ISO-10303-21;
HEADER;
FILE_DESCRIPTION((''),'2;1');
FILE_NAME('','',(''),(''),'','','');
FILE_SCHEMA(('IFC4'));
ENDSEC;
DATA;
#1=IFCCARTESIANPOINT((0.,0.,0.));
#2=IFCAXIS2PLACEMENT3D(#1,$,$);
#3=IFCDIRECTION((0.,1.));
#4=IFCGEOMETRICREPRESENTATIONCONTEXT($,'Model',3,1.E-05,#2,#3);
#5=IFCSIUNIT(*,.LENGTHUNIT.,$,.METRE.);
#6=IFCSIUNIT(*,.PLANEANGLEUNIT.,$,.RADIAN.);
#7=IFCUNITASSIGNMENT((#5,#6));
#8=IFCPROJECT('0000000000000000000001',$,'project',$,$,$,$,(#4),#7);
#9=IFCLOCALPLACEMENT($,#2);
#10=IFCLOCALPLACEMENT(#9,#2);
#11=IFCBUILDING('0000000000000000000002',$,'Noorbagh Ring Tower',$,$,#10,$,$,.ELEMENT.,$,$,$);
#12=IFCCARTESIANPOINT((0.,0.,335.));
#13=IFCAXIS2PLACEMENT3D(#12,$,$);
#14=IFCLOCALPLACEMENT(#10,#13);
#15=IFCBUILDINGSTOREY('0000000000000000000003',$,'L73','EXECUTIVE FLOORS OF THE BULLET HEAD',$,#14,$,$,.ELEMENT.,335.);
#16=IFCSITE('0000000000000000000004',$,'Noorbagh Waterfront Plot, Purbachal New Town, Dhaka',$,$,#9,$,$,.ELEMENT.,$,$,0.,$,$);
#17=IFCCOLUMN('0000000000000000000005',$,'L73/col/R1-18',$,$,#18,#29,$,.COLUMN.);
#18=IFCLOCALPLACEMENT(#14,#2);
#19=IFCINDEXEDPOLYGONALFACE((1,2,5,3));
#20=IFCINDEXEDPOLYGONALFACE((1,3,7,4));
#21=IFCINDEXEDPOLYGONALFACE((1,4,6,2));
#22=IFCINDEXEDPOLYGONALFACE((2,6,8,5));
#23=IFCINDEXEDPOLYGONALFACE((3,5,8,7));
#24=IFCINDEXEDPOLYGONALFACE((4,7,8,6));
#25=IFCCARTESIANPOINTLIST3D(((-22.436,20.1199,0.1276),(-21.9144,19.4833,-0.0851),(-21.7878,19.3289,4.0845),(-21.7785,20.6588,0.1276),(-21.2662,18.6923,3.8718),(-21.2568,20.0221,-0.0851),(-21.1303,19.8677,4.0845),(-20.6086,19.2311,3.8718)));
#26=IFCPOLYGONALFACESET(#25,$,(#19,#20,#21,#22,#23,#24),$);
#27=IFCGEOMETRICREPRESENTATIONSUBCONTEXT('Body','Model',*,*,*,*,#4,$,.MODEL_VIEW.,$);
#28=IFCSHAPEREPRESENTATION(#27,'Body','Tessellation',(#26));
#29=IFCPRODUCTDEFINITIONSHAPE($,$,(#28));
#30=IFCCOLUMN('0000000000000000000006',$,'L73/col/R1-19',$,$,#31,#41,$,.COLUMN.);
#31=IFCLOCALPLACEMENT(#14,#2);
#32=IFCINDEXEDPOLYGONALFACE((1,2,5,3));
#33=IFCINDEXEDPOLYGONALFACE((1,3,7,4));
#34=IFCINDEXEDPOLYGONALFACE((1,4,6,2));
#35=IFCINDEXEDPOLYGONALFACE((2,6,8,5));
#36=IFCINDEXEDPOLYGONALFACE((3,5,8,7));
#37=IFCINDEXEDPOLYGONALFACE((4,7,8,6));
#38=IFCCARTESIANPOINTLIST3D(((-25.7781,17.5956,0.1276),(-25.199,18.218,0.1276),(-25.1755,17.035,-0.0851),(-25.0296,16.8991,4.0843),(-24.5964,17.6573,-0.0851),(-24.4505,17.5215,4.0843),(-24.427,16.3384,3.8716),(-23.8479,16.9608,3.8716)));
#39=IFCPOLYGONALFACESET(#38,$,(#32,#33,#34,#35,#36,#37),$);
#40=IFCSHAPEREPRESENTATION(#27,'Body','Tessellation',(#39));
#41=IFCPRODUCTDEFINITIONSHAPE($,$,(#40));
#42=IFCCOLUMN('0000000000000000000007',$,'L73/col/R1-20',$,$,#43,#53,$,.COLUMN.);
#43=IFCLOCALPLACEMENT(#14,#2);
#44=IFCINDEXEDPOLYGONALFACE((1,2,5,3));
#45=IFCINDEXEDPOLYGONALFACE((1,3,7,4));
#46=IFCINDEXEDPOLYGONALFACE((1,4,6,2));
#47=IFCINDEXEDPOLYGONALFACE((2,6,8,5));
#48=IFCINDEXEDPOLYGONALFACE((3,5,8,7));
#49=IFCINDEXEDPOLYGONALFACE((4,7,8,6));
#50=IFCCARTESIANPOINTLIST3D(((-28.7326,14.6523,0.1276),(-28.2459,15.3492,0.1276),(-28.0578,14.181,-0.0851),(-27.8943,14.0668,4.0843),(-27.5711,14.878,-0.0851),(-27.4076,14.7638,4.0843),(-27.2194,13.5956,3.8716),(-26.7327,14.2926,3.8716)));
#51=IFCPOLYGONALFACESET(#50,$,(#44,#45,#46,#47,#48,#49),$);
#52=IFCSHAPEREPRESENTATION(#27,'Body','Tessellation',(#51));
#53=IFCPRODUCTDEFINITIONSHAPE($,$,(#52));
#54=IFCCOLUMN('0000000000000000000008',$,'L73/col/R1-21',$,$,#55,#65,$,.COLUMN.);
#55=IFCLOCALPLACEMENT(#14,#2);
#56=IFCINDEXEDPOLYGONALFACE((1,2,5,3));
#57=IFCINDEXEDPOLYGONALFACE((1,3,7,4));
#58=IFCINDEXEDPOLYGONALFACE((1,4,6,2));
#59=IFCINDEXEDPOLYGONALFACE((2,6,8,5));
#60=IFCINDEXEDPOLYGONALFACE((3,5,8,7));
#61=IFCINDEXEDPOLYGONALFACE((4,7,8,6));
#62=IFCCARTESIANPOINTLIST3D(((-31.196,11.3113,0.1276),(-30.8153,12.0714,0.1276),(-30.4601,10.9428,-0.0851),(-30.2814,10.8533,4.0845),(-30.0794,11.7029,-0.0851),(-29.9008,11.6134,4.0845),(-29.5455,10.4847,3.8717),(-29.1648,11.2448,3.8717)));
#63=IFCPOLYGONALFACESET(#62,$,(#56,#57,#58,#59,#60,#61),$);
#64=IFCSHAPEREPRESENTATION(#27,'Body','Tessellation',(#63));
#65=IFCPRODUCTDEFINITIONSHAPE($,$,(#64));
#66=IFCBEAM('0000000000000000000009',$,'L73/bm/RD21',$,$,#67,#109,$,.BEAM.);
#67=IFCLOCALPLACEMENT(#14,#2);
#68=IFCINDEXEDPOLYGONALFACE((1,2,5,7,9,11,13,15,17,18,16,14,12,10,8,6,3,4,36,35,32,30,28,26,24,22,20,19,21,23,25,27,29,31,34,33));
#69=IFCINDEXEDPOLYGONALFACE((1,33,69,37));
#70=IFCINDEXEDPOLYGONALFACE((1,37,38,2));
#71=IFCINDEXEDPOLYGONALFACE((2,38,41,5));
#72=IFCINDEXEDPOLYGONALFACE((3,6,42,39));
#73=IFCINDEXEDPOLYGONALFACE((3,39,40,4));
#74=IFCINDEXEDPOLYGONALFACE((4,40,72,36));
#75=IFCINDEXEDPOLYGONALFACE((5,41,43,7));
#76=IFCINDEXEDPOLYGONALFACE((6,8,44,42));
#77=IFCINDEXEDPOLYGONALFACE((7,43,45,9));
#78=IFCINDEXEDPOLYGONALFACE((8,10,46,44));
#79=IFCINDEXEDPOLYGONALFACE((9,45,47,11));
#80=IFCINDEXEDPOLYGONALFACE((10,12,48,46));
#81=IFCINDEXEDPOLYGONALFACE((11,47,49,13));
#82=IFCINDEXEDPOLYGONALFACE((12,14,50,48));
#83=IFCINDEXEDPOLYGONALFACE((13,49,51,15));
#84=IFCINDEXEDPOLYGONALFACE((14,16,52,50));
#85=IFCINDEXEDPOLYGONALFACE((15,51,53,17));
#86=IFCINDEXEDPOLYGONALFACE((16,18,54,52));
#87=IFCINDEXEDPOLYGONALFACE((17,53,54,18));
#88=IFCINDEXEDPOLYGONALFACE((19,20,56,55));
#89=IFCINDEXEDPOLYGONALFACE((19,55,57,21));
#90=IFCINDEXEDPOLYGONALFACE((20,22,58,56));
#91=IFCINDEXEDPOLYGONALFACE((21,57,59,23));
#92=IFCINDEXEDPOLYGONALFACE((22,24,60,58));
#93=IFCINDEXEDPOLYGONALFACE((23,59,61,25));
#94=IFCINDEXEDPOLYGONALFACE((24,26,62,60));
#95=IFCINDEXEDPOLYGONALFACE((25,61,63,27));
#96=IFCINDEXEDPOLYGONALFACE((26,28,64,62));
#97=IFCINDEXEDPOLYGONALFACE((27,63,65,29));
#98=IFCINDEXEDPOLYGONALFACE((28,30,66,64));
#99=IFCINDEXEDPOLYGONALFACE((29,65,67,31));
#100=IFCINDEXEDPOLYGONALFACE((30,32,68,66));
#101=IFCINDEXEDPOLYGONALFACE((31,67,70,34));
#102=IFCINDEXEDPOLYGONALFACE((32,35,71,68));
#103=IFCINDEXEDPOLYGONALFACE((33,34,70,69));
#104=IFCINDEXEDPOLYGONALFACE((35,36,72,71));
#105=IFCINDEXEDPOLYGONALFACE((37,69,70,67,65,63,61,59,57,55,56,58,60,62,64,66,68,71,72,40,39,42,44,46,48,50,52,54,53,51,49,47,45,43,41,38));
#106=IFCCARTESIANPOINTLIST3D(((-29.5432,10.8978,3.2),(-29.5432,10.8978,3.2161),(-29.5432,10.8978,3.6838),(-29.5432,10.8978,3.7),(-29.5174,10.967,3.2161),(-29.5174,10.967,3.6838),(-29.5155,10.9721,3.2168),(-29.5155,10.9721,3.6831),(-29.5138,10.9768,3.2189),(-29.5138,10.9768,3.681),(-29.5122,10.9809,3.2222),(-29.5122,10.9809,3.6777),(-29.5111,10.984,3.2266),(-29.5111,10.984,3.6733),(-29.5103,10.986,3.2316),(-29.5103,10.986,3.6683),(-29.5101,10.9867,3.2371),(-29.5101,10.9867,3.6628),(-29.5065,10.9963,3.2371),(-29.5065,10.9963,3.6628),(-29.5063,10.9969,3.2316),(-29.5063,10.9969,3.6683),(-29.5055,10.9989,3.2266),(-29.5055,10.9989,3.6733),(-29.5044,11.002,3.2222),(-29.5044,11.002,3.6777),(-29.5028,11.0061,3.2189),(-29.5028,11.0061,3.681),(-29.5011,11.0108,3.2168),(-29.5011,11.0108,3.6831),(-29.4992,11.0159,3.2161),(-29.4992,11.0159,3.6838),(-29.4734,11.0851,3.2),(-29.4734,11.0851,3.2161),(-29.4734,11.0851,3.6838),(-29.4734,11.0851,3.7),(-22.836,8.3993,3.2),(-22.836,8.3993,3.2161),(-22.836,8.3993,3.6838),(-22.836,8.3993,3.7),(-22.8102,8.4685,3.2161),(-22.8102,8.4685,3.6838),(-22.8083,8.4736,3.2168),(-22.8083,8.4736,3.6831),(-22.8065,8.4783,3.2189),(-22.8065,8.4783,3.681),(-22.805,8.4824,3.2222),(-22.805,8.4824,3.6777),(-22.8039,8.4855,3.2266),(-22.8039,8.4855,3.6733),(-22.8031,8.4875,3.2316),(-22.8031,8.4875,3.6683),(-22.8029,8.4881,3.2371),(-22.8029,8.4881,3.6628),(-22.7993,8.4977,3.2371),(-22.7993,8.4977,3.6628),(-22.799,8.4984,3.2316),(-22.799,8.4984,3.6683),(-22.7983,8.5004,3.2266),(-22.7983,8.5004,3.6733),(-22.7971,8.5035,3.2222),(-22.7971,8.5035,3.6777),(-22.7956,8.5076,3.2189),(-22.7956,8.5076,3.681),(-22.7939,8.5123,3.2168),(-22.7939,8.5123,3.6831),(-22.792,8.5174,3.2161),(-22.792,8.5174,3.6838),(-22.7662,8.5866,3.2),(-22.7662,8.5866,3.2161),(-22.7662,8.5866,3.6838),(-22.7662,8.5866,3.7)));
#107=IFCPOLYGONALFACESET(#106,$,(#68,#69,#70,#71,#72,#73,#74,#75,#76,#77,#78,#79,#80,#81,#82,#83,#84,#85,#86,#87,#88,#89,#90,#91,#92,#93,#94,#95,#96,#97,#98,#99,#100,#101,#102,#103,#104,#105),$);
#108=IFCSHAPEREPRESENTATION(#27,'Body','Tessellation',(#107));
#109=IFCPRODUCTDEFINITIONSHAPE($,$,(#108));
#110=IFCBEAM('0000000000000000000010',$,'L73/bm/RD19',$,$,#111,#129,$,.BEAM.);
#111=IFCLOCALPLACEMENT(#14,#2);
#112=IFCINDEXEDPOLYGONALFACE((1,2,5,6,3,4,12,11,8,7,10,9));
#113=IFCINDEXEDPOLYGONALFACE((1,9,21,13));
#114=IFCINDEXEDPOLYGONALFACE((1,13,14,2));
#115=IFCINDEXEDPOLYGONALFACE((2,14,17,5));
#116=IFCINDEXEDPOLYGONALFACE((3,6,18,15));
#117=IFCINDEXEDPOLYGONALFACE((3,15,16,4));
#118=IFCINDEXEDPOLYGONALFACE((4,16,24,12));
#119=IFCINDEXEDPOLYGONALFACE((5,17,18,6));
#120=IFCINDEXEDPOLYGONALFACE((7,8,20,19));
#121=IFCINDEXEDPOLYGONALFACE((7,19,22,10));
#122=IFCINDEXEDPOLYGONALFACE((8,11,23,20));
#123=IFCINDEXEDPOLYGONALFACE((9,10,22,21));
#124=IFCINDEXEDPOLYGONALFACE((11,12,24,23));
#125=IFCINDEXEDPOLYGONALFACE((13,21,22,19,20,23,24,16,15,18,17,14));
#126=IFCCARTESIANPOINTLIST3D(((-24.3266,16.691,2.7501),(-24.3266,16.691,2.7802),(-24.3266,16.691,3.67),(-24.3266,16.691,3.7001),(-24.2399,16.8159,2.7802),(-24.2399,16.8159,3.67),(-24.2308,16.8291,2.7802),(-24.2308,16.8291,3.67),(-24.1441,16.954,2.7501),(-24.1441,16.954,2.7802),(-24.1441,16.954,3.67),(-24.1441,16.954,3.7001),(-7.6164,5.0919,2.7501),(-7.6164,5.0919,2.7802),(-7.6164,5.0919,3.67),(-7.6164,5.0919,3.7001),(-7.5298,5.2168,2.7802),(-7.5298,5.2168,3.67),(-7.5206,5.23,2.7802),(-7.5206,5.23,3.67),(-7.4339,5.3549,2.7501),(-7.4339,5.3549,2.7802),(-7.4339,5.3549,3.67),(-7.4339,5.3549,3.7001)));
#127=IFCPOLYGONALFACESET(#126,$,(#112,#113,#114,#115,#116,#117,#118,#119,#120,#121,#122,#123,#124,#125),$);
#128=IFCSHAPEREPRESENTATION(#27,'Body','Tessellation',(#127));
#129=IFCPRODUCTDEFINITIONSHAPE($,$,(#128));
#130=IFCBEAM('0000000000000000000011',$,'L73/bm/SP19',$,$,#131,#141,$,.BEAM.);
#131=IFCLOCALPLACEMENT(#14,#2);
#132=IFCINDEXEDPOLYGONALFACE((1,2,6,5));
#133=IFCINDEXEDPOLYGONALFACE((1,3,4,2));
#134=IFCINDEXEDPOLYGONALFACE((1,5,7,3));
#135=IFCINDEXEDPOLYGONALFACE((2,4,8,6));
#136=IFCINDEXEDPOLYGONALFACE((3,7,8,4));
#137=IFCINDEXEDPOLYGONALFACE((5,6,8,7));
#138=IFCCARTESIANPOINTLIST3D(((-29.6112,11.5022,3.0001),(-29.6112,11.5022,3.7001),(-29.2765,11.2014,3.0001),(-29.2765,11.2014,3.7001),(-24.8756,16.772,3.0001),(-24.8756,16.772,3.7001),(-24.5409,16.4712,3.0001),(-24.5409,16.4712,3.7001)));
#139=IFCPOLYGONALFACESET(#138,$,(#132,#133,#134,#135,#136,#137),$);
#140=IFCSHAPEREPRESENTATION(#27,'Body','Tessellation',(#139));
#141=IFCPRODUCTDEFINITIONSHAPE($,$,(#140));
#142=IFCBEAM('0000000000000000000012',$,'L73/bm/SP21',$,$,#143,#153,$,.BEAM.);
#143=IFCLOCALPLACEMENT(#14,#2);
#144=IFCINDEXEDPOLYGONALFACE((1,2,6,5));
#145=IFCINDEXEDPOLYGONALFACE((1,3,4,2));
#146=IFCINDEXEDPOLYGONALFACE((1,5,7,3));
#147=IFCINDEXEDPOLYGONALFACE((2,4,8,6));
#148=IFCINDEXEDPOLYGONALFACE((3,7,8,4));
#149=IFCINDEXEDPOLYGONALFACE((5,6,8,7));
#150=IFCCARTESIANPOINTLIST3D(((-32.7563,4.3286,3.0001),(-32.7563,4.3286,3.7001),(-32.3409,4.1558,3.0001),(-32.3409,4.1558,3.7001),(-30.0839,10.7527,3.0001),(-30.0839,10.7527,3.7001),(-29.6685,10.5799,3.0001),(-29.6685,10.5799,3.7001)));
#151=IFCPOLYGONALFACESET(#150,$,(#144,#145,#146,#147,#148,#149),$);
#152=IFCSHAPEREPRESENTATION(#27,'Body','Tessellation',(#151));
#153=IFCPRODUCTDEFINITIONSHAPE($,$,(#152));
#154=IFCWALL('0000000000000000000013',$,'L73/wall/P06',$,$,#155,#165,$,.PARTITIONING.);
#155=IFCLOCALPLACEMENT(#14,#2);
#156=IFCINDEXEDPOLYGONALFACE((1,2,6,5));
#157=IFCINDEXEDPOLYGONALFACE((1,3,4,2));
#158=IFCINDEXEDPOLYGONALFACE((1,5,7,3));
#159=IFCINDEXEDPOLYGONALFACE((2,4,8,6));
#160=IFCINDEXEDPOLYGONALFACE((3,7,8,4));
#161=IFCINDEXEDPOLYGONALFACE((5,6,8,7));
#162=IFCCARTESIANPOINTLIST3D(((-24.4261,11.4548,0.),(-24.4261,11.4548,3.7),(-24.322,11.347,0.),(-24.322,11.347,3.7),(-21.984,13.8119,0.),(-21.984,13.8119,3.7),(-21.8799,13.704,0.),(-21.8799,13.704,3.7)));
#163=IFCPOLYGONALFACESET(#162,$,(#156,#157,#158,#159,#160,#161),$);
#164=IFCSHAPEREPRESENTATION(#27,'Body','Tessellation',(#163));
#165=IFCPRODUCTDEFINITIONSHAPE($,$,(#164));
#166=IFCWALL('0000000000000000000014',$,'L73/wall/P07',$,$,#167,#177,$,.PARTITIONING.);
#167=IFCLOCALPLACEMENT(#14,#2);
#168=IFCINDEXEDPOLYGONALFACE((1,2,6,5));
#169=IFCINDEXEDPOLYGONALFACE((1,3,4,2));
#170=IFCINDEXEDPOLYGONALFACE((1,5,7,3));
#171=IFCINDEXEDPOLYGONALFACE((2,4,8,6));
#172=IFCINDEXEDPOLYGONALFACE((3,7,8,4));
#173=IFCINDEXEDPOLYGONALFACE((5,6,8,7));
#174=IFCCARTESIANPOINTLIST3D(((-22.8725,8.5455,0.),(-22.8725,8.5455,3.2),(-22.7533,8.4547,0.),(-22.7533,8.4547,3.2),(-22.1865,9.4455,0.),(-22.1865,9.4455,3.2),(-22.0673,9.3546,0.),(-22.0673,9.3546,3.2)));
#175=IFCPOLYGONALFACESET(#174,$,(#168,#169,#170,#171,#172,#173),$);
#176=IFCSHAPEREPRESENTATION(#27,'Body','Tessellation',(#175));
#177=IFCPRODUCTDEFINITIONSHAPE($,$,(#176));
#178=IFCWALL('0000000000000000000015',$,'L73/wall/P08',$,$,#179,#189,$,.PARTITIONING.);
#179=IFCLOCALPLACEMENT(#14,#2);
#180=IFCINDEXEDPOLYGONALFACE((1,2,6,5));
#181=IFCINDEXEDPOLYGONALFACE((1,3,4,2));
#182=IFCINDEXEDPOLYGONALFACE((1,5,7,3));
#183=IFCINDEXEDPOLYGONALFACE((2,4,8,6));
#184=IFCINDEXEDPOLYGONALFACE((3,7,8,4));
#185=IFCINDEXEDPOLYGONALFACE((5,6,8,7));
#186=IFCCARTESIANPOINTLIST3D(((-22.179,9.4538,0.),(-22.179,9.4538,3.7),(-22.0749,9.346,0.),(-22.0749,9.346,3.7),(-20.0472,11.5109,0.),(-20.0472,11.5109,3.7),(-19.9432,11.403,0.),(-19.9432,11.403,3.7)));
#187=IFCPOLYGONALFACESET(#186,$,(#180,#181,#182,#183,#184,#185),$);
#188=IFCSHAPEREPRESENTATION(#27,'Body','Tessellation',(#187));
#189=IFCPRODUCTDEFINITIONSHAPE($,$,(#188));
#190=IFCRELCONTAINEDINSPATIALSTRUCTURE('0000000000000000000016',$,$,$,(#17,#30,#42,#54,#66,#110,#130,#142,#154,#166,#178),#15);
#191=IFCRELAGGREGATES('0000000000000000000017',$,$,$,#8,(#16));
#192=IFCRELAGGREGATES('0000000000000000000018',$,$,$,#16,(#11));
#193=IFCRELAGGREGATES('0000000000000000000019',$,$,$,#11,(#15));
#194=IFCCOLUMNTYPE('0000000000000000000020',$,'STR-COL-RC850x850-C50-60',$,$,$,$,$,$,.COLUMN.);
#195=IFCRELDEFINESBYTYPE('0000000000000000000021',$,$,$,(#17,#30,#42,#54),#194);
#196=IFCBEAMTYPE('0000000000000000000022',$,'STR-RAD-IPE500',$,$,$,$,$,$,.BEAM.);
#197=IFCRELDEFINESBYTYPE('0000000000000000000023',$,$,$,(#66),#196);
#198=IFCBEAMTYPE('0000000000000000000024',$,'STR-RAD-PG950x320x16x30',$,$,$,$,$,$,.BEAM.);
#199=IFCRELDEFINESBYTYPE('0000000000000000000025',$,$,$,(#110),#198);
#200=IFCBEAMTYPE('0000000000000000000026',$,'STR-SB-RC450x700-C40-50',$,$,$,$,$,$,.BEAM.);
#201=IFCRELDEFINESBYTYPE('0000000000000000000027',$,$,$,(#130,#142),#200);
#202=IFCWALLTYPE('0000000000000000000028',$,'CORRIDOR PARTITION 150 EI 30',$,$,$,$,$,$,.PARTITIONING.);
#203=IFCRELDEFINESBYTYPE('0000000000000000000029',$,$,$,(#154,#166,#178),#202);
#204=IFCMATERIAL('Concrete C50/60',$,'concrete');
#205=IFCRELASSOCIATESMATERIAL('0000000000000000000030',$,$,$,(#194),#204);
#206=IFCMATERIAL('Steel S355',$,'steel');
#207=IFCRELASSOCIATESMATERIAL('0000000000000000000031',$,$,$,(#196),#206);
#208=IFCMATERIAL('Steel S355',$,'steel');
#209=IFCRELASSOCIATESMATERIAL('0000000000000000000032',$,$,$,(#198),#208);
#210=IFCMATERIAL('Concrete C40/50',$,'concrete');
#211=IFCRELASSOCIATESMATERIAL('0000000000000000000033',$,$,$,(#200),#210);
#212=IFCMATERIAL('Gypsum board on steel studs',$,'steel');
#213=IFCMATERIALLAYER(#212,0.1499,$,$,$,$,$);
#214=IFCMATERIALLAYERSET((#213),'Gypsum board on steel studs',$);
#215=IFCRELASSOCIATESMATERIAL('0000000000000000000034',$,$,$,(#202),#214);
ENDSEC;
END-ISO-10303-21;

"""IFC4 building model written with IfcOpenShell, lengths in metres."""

from ifc_helpers import new_model, si_unit, direction, frame, frame_2d, origin, origin_2d, place, context, subcontext, project, spatial, rectangle, i_section, extrude, material, layer, layer_set, material_profile, profile_set, type_object, element, save


model = new_model("IFC4")

# Units and contexts
model_context = context("Model", 3, precision=1e-05, world=origin(), true_north=direction((0.0, 1.0)))
body_context = subcontext(model_context, "Body", "Model", "MODEL_VIEW")
ifc_project = project(units=[si_unit("LENGTHUNIT", "METRE"), si_unit("PLANEANGLEUNIT", "RADIAN")], contexts=[model_context])

# Site, building, storey
site_placement = place(None, origin())
site = spatial("IfcSite", under=ifc_project, at=site_placement, Name="Noorbagh Waterfront Plot, Purbachal New Town, Dhaka", CompositionType="ELEMENT", RefElevation=0.0)
building_placement = place(site_placement, origin())
building = spatial("IfcBuilding", under=site, at=building_placement, Name="Noorbagh Ring Tower", CompositionType="ELEMENT")
storey_placement = place(building_placement, frame((0.0, 0.0, 335.0)))
storey = spatial("IfcBuildingStorey", under=building, at=storey_placement, Name="L73", Description="EXECUTIVE FLOORS OF THE BULLET HEAD", CompositionType="ELEMENT", Elevation=335.0)

# Columns
ifc_material_1 = material(Name="Concrete C50/60", Category="concrete")
ifc_material_profile_1 = material_profile(ifc_material_1, rectangle(XDim=0.8501, YDim=0.8501, at=origin_2d()), Name="RC850x850")
ifc_profile_set_1 = profile_set([ifc_material_profile_1], Name="Concrete C50/60")
column_type = type_object("IfcColumnType", Name="STR-COL-RC850x850-C50-60", PredefinedType="COLUMN", material=ifc_profile_set_1)
column_1_placement = place(storey_placement, frame((-21.8464, 20.071, 0.0212), z_axis=(0.158606, -0.193553, 0.968184), x_axis=(0.773478, 0.633823, 0.0)))
element("IfcColumn", 1, at=column_1_placement, inside=storey, type_object=column_type, Name="L73/col/R1-18", PredefinedType="COLUMN", context=body_context, shape_type="SweptSolid", body=[
    extrude(rectangle(XDim=0.8501, YDim=0.8501, at=origin_2d()), origin(), (0.0, 0.0, 1.0), 4.0869),
])
for number, where, z_axis, x_axis, name in (
    (2, (-25.1873, 17.6265, 0.0212), (0.183161, -0.170436, 0.968196), (0.68122, 0.732079, 0.0), "L73/col/R1-19"),
    (3, (-28.1519, 14.7651, 0.0212), (0.205144, -0.143254, 0.968191), (0.572533, 0.819882, 0.0), "L73/col/R1-20"),
):
    element("IfcColumn", number, at=place(storey_placement, frame(where, z_axis=z_axis, x_axis=x_axis)), inside=storey, type_object=column_type, Name=name, PredefinedType="COLUMN", context=body_context, shape_type="SweptSolid", body=[
        extrude(rectangle(XDim=0.8501, YDim=0.8501, at=origin_2d()), origin(), (0.0, 0.0, 1.0), 4.0867),
    ])
column_2_placement = place(storey_placement, frame((-30.6377, 11.5071, 0.0212), z_axis=(0.223779, -0.112069, 0.968175), x_axis=(0.447786, 0.894141, 0.0)))
element("IfcColumn", 4, at=column_2_placement, inside=storey, type_object=column_type, Name="L73/col/R1-21", PredefinedType="COLUMN", context=body_context, shape_type="SweptSolid", body=[
    extrude(rectangle(XDim=0.8501, YDim=0.8501, at=origin_2d()), origin(), (0.0, 0.0, 1.0), 4.0869),
])

# Beams
ifc_material_2 = material(Name="Steel S355", Category="steel")
ifc_material_profile_2 = material_profile(ifc_material_2, i_section(OverallWidth=0.2, OverallDepth=0.5, WebThickness=0.0103, FlangeThickness=0.0161, FilletRadius=0.021, at=origin_2d()), Name="IPE500")
ifc_profile_set_2 = profile_set([ifc_material_profile_2], Name="Steel S355")
beam_type_1 = type_object("IfcBeamType", Name="STR-RAD-IPE500", PredefinedType="BEAM", material=ifc_profile_set_2)
beam_1_placement = place(storey_placement, frame((-29.5083, 10.9915, 3.45), z_axis=(0.937094, -0.349078, 0.0), x_axis=(0.349078, 0.937094, 0.0)))
element("IfcBeam", 5, at=beam_1_placement, inside=storey, type_object=beam_type_1, Name="L73/bm/RD21", PredefinedType="BEAM", context=body_context, shape_type="SweptSolid", body=[
    extrude(i_section(OverallWidth=0.2, OverallDepth=0.5, WebThickness=0.0103, FlangeThickness=0.0161, FilletRadius=0.021, at=origin_2d()), origin(), (0.0, 0.0, 1.0), 7.1575),
])
ifc_material_3 = material(Name="Steel S355", Category="steel")
ifc_material_profile_3 = material_profile(ifc_material_3, i_section(OverallWidth=0.3201, OverallDepth=0.95, WebThickness=0.0161, FlangeThickness=0.03, at=origin_2d()), Name="PG950x320x16x30")
ifc_profile_set_3 = profile_set([ifc_material_profile_3], Name="Steel S355")
beam_type_2 = type_object("IfcBeamType", Name="STR-RAD-PG950x320x16x30", PredefinedType="BEAM", material=ifc_profile_set_3)
beam_2_placement = place(storey_placement, frame((-24.2354, 16.8225, 3.2251), z_axis=(0.821489, -0.570224, 0.0), x_axis=(0.570224, 0.821489, 0.0)))
element("IfcBeam", 6, at=beam_2_placement, inside=storey, type_object=beam_type_2, Name="L73/bm/RD19", PredefinedType="BEAM", context=body_context, shape_type="SweptSolid", body=[
    extrude(i_section(OverallWidth=0.3201, OverallDepth=0.95, WebThickness=0.0161, FlangeThickness=0.03, at=origin_2d()), origin(), (0.0, 0.0, 1.0), 20.3413),
])
ifc_material_4 = material(Name="Concrete C40/50", Category="concrete")
ifc_material_profile_4 = material_profile(ifc_material_4, rectangle(XDim=0.45, YDim=0.7, at=origin_2d()), Name="RC450x700")
ifc_profile_set_4 = profile_set([ifc_material_profile_4], Name="Concrete C40/50")
beam_type_3 = type_object("IfcBeamType", Name="STR-SB-RC450x700-C40-50", PredefinedType="BEAM", material=ifc_profile_set_4)
beam_3_placement = place(storey_placement, frame((-24.7083, 16.6216, 3.3501), z_axis=(-0.668403, -0.743799, 0.0), x_axis=(0.743799, -0.668403, 0.0)))
element("IfcBeam", 7, at=beam_3_placement, inside=storey, type_object=beam_type_3, Name="L73/bm/SP19", PredefinedType="BEAM", context=body_context, shape_type="SweptSolid", body=[
    extrude(rectangle(XDim=0.45, YDim=0.7, at=origin_2d()), origin(), (0.0, 0.0, 1.0), 7.085),
])
beam_4_placement = place(storey_placement, frame((-29.8762, 10.6663, 3.3501), z_axis=(-0.384085, -0.923298, 0.0), x_axis=(0.923298, -0.384085, 0.0)))
element("IfcBeam", 8, at=beam_4_placement, inside=storey, type_object=beam_type_3, Name="L73/bm/SP21", PredefinedType="BEAM", context=body_context, shape_type="SweptSolid", body=[
    extrude(rectangle(XDim=0.45, YDim=0.7, at=origin_2d()), origin(), (0.0, 0.0, 1.0), 6.9578),
])

# Walls
ifc_material_5 = material(Name="Gypsum board on steel studs", Category="steel")
ifc_layer_1 = layer(ifc_material_5, 0.1499)
ifc_layer_set_1 = layer_set([ifc_layer_1], Name="Gypsum board on steel studs")
wall_type = type_object("IfcWallType", Name="CORRIDOR PARTITION 150 EI 30", PredefinedType="PARTITIONING", material=ifc_layer_set_1)
wall_1_placement = place(storey_placement, frame((-24.374, 11.4009, 0.0), z_axis=(0.0, 0.0, 1.0), x_axis=(0.719512, 0.69448, 0.0)))
element("IfcWall", 9, at=wall_1_placement, inside=storey, type_object=wall_type, Name="L73/wall/P06", PredefinedType="PARTITIONING", context=body_context, shape_type="SweptSolid", body=[
    extrude(rectangle(XDim=3.394, YDim=0.1499, at=frame_2d((1.697, 0.0))), origin(), (0.0, 0.0, 1.0), 3.7),
])
wall_2_placement = place(storey_placement, frame((-22.813, 8.5, 0.0), z_axis=(0.0, 0.0, 1.0), x_axis=(0.606264, 0.795263, 0.0)))
element("IfcWall", 10, at=wall_2_placement, inside=storey, type_object=wall_type, Name="L73/wall/P07", PredefinedType="PARTITIONING", context=body_context, shape_type="SweptSolid", body=[
    extrude(rectangle(XDim=1.1316, YDim=0.1499, at=frame_2d((0.5659, 0.0))), origin(), (0.0, 0.0, 1.0), 3.2),
])
wall_3_placement = place(storey_placement, frame((-22.127, 9.3999, 0.0), z_axis=(0.0, 0.0, 1.0), x_axis=(0.719603, 0.694386, 0.0)))
element("IfcWall", 11, at=wall_3_placement, inside=storey, type_object=wall_type, Name="L73/wall/P08", PredefinedType="PARTITIONING", context=body_context, shape_type="SweptSolid", body=[
    extrude(rectangle(XDim=2.9624, YDim=0.1499, at=frame_2d((1.4812, 0.0))), origin(), (0.0, 0.0, 1.0), 3.7),
])

save(model, "model.ifc")
